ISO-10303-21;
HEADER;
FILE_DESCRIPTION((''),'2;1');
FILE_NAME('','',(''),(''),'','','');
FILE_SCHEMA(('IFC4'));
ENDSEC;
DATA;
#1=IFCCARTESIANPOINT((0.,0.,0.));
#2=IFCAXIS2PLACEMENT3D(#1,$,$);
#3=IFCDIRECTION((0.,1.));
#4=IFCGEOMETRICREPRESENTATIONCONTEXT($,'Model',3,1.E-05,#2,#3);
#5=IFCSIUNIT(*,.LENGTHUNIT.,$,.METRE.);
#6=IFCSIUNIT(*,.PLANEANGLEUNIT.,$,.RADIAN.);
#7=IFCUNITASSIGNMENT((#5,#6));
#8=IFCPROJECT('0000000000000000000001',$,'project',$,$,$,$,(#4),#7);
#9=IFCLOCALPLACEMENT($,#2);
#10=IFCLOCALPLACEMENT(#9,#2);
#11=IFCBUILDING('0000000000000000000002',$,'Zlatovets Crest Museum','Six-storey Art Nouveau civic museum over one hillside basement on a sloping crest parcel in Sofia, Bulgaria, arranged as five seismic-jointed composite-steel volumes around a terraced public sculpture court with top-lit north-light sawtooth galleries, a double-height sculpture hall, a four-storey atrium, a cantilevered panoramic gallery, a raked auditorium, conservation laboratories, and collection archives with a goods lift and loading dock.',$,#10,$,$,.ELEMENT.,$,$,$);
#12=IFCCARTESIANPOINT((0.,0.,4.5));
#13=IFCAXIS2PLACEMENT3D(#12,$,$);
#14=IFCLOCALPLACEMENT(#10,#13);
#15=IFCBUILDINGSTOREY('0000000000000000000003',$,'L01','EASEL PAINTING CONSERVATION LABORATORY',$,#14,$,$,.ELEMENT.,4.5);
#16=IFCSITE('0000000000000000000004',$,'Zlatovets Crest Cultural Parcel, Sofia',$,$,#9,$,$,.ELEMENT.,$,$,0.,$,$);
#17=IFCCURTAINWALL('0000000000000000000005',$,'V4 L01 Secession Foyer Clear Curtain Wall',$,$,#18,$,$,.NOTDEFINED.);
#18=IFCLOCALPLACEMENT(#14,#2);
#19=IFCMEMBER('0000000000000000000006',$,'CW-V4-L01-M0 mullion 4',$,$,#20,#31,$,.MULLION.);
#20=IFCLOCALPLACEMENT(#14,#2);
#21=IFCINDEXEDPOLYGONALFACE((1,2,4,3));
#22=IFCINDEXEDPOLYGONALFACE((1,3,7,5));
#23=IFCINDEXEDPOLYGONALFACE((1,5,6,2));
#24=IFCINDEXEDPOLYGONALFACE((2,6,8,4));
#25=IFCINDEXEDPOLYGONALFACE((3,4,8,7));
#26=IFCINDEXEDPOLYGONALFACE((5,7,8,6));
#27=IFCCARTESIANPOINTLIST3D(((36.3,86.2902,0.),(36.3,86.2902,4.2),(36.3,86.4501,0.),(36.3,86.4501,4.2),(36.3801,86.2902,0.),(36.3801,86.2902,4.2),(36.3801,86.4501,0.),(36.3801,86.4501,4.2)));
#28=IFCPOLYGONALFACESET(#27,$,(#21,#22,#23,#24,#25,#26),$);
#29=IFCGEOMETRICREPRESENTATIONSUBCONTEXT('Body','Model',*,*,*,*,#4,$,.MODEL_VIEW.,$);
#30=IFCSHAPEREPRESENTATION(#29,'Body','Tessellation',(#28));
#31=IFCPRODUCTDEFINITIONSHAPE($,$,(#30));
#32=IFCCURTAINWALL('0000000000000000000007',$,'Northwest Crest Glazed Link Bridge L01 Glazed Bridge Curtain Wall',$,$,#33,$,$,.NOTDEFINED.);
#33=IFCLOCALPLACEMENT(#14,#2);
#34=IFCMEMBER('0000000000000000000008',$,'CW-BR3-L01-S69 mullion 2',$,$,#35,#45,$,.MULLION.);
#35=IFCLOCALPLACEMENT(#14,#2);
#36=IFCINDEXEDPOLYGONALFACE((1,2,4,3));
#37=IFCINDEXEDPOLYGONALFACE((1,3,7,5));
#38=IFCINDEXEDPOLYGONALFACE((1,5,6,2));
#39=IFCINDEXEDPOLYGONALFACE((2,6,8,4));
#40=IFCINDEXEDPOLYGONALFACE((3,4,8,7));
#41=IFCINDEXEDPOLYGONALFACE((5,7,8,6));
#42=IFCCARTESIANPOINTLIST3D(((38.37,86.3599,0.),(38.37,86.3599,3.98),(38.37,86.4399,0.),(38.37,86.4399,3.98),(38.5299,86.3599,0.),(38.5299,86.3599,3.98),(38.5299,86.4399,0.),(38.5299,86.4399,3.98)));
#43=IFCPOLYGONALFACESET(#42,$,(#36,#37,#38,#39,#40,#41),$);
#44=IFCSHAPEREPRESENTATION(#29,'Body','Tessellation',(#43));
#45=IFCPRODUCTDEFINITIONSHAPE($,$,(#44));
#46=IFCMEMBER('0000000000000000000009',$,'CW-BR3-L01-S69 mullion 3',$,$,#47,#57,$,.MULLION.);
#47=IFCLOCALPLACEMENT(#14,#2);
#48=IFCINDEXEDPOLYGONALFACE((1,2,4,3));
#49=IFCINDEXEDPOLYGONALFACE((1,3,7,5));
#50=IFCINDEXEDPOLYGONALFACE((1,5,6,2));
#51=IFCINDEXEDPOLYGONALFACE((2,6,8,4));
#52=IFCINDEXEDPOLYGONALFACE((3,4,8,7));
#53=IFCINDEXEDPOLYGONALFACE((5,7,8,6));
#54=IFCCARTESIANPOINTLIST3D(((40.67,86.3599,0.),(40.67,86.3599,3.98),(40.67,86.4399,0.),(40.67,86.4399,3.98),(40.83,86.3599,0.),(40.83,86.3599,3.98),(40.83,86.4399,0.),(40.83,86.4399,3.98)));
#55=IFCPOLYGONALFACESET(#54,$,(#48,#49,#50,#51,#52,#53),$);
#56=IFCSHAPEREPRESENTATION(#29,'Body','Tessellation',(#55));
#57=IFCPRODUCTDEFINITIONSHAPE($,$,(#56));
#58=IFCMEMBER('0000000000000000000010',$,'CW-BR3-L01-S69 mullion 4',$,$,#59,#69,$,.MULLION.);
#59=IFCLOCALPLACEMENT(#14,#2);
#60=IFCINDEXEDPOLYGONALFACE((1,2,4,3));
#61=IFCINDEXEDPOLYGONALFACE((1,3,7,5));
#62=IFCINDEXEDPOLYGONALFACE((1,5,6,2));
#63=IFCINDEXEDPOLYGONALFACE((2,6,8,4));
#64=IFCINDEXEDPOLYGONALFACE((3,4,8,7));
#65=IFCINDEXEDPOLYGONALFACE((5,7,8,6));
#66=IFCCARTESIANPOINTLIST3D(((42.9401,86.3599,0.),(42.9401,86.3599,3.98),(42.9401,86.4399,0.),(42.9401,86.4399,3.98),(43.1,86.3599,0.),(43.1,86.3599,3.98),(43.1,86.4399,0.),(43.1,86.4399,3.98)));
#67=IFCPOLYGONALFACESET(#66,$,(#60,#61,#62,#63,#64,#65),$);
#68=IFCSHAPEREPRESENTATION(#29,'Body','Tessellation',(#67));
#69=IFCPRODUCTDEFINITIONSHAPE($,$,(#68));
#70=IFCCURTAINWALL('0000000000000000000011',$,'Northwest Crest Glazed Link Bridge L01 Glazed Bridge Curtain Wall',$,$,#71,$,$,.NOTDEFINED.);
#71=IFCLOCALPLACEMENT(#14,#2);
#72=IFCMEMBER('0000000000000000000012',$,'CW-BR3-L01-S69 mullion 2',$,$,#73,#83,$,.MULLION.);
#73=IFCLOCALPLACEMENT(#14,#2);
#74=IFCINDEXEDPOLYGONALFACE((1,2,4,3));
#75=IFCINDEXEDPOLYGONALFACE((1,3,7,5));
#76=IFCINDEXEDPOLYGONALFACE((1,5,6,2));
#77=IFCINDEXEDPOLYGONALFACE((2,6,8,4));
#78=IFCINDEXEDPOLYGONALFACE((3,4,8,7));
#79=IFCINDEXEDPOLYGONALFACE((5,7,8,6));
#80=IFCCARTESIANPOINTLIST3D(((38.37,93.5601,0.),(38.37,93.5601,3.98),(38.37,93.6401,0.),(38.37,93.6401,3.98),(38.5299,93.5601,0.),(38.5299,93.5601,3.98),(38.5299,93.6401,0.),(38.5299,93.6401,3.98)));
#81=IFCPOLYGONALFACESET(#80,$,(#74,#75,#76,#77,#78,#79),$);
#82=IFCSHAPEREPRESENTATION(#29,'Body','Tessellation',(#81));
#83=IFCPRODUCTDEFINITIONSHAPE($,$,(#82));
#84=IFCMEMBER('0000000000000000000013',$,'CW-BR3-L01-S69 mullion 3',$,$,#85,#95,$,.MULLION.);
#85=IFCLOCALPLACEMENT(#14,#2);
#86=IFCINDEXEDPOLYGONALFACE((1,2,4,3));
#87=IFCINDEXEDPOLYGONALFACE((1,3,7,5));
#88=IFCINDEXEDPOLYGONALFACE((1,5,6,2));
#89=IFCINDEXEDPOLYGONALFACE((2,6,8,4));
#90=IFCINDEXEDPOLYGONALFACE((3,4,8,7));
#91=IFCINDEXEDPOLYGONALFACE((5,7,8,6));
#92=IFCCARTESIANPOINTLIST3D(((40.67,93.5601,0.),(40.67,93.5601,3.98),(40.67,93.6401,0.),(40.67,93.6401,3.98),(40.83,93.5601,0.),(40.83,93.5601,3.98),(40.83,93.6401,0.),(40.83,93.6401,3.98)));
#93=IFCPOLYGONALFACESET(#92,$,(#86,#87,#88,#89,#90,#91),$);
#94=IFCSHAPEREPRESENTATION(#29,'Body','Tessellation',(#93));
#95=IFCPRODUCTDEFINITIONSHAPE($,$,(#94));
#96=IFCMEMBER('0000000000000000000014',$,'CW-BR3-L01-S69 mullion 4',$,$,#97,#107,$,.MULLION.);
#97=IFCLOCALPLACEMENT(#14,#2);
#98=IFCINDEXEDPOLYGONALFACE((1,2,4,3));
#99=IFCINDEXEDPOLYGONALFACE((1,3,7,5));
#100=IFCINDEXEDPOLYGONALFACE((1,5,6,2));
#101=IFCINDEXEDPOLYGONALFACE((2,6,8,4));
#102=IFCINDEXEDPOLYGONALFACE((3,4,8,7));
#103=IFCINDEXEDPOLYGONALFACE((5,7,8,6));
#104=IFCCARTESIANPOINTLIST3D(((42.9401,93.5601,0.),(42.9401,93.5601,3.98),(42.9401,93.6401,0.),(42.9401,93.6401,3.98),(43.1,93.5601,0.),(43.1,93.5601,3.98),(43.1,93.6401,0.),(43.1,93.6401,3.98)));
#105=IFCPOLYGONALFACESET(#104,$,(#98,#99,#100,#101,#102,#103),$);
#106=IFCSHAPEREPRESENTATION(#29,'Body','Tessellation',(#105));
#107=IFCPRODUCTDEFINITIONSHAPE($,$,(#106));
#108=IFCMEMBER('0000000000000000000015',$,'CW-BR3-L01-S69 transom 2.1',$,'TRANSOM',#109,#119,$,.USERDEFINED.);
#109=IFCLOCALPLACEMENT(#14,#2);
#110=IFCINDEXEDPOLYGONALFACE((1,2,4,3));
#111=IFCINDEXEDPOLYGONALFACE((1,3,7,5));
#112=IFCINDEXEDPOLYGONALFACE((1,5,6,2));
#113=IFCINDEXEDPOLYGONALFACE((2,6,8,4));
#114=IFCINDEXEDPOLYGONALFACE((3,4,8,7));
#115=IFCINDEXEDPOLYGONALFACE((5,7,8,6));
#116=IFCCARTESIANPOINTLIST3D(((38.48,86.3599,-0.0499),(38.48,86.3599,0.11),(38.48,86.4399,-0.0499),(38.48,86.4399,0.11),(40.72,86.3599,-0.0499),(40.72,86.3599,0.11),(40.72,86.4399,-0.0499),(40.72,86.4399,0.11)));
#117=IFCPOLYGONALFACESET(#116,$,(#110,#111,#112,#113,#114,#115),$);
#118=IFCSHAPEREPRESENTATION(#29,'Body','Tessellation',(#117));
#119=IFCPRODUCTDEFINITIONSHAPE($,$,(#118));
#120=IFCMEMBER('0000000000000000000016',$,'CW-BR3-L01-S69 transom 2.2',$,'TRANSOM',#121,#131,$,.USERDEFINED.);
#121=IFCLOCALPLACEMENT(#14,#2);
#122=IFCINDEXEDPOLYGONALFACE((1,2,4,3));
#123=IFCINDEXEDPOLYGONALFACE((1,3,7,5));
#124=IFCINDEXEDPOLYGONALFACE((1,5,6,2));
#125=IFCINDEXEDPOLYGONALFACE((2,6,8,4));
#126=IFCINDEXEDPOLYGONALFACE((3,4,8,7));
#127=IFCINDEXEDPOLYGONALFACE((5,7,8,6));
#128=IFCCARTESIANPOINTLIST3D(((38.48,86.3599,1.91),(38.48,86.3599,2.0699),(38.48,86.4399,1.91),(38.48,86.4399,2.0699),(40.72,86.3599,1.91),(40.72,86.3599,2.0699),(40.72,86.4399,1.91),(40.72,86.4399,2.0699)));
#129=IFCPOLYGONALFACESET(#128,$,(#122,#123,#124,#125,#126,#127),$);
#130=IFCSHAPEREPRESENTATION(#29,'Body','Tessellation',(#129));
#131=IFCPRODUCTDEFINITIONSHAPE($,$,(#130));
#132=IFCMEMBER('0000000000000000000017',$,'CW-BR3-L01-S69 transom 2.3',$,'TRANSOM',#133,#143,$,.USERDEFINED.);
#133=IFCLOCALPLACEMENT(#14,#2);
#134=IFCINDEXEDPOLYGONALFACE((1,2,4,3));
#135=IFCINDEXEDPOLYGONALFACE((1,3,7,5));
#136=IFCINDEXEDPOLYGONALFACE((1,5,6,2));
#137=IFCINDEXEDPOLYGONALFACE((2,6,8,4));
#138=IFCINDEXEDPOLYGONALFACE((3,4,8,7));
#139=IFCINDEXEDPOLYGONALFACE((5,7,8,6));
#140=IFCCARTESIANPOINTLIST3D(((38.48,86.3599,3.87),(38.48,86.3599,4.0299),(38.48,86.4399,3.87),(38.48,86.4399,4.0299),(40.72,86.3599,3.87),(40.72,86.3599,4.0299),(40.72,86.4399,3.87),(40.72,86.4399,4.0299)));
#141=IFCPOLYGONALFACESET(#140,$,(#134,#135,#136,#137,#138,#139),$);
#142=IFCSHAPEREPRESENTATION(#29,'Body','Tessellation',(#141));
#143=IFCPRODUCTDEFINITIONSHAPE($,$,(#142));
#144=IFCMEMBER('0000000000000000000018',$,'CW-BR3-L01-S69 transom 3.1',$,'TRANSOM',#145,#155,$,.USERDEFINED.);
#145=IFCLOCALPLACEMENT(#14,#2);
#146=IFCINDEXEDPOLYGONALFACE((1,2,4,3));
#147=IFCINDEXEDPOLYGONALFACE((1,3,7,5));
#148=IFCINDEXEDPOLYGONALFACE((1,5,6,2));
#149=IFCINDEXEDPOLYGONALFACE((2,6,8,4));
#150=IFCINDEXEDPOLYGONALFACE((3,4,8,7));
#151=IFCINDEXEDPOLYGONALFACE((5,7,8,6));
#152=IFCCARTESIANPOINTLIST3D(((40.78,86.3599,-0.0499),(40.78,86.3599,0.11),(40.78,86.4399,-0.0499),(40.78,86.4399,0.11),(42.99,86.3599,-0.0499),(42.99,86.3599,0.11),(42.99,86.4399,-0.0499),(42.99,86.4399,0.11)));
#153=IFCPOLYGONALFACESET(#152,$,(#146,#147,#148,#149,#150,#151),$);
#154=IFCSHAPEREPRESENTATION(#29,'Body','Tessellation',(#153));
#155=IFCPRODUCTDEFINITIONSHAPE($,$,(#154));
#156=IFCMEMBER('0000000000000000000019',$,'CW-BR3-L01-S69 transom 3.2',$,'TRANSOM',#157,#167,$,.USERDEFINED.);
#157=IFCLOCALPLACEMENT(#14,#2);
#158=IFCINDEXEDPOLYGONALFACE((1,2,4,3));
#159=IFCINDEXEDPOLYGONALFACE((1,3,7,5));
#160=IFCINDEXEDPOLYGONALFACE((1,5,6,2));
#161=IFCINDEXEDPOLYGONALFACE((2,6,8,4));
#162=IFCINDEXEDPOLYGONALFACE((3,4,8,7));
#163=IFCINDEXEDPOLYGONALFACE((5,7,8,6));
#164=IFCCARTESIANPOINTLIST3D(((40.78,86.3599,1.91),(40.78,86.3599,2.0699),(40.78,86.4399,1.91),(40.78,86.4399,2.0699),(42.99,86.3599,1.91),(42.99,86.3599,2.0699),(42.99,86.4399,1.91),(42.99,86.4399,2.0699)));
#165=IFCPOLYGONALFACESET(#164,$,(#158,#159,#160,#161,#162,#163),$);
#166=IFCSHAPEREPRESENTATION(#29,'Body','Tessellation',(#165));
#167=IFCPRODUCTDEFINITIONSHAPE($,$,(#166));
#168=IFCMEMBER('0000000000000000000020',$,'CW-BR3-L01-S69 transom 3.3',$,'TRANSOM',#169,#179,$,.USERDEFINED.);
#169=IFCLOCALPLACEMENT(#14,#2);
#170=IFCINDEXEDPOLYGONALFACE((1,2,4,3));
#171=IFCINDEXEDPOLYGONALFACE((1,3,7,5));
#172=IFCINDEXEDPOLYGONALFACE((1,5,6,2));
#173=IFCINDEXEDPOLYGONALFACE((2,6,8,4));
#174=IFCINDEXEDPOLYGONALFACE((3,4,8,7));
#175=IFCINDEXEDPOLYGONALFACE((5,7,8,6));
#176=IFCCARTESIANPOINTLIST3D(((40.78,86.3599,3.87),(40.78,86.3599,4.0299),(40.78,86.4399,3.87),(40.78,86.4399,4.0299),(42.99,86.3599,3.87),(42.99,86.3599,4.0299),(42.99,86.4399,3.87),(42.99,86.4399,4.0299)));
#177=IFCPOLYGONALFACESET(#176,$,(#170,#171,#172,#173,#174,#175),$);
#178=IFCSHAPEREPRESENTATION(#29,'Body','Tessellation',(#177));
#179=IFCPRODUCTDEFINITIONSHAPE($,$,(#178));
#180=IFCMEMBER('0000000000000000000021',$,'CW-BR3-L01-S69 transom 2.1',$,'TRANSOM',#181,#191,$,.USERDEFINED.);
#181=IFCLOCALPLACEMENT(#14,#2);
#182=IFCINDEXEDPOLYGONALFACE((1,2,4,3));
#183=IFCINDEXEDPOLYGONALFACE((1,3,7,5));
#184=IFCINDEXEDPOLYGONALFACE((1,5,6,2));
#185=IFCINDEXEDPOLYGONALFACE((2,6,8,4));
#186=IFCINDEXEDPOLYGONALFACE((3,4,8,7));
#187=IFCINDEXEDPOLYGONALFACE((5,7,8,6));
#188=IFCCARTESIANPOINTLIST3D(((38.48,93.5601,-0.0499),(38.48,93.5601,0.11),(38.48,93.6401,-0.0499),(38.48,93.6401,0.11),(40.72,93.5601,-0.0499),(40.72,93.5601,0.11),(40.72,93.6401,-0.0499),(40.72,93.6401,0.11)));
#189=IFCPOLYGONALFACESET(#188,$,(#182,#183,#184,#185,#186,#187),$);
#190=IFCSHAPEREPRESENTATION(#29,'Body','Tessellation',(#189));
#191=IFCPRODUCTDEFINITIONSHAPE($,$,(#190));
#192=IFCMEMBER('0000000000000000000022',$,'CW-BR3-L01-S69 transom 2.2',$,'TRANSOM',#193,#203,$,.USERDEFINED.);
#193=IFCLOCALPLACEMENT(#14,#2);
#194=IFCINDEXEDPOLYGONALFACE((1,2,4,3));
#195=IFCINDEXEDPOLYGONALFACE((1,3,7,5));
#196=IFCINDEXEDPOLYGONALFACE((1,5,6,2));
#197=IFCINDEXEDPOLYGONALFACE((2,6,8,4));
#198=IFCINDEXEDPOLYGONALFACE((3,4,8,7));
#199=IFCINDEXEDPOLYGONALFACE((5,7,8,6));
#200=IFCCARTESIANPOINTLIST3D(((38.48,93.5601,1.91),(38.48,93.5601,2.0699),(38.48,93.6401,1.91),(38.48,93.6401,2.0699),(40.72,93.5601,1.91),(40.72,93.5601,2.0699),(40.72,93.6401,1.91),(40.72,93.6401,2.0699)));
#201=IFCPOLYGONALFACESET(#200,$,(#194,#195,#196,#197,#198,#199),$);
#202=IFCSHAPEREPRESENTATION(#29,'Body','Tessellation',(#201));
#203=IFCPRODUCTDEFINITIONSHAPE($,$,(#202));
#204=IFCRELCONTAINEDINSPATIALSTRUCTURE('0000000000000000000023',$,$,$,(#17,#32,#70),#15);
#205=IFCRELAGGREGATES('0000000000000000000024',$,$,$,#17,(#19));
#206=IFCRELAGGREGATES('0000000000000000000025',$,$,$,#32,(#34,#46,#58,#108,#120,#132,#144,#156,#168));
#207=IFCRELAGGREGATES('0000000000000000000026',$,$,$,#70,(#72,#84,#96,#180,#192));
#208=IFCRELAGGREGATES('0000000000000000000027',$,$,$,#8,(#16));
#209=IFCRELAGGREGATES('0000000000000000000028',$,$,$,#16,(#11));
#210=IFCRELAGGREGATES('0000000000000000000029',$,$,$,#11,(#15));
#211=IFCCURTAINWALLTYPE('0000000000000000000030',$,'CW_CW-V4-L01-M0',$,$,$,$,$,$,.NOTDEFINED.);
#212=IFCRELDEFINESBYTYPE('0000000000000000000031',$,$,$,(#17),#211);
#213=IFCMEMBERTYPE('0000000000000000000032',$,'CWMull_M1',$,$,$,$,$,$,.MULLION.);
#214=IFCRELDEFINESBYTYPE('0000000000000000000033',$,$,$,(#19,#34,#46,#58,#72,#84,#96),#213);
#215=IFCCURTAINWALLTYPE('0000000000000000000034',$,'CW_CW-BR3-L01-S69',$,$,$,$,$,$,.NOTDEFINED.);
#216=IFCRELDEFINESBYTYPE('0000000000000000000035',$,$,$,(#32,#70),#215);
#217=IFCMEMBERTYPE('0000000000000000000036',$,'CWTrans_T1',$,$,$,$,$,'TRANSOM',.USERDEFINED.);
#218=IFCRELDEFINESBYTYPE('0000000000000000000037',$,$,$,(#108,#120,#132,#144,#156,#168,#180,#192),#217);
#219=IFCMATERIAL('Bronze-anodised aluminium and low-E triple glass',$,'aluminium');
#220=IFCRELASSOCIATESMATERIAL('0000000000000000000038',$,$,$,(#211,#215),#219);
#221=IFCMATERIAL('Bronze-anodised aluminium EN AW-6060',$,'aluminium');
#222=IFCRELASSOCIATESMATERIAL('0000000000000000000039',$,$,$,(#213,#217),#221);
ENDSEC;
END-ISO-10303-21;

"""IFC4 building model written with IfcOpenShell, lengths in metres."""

from ifc_helpers import new_model, si_unit, direction, frame, origin, origin_2d, place, context, subcontext, project, spatial, rectangle, extrude, material, material_profile, profile_set, type_object, element, aggregate, save


model = new_model("IFC4")

# Units and contexts
model_context = context("Model", 3, precision=1e-05, world=origin(), true_north=direction((0.0, 1.0)))
body_context = subcontext(model_context, "Body", "Model", "MODEL_VIEW")
ifc_project = project(units=[si_unit("LENGTHUNIT", "METRE"), si_unit("PLANEANGLEUNIT", "RADIAN")], contexts=[model_context])

# Site, building, storey
site_placement = place(None, origin())
site = spatial("IfcSite", under=ifc_project, at=site_placement, Name="Zlatovets Crest Cultural Parcel, Sofia", CompositionType="ELEMENT", RefElevation=0.0)
building_placement = place(site_placement, origin())
building = spatial("IfcBuilding", under=site, at=building_placement, Name="Zlatovets Crest Museum", Description="Six-storey Art Nouveau civic museum over one hillside basement on a sloping crest parcel in Sofia, Bulgaria, arranged as five seismic-jointed composite-steel volumes around a terraced public sculpture court with top-lit north-light sawtooth galleries, a double-height sculpture hall, a four-storey atrium, a cantilevered panoramic gallery, a raked auditorium, conservation laboratories, and collection archives with a goods lift and loading dock.", CompositionType="ELEMENT")
storey_placement = place(building_placement, frame((0.0, 0.0, 4.5)))
storey = spatial("IfcBuildingStorey", under=building, at=storey_placement, Name="L01", Description="EASEL PAINTING CONSERVATION LABORATORY", CompositionType="ELEMENT", Elevation=4.5)

# Curtain wall, member
ifc_material_1 = material(Name="Bronze-anodised aluminium and low-E triple glass", Category="aluminium")
curtain_wall_type_1 = type_object("IfcCurtainWallType", Name="CW_CW-V4-L01-M0", PredefinedType="NOTDEFINED", material=ifc_material_1)
curtain_wall_1_placement = place(storey_placement, origin())
curtain_wall_1 = element("IfcCurtainWall", 1, at=curtain_wall_1_placement, inside=storey, type_object=curtain_wall_type_1, Name="V4 L01 Secession Foyer Clear Curtain Wall", PredefinedType="NOTDEFINED")
ifc_material_2 = material(Name="Bronze-anodised aluminium EN AW-6060", Category="aluminium")
ifc_material_profile_1 = material_profile(ifc_material_2, rectangle(XDim=0.0801, YDim=0.1599, at=origin_2d()), Name="ALU 80x160")
ifc_profile_set_1 = profile_set([ifc_material_profile_1], Name="Bronze-anodised aluminium EN AW-6060")
member_type_1 = type_object("IfcMemberType", Name="CWMull_M1", PredefinedType="MULLION", material=ifc_profile_set_1)
member_1_placement = place(storey_placement, frame((36.3401, 86.3701, 0.0), z_axis=(0.0, 0.0, 1.0), x_axis=(-1.0, 0.0, 0.0)))
member_1 = element("IfcMember", 2, at=member_1_placement, type_object=member_type_1, Name="CW-V4-L01-M0 mullion 4", PredefinedType="MULLION", context=body_context, shape_type="SweptSolid", body=[
    extrude(rectangle(XDim=0.0801, YDim=0.1599, at=origin_2d()), origin(), (0.0, 0.0, 1.0), 4.2),
])
aggregate(curtain_wall_1, [member_1])

# Curtain walls, members
curtain_wall_type_2 = type_object("IfcCurtainWallType", Name="CW_CW-BR3-L01-S69", PredefinedType="NOTDEFINED", material=ifc_material_1)
curtain_wall_2_placement = place(storey_placement, origin())
curtain_wall_2 = element("IfcCurtainWall", 3, at=curtain_wall_2_placement, inside=storey, type_object=curtain_wall_type_2, Name="Northwest Crest Glazed Link Bridge L01 Glazed Bridge Curtain Wall", PredefinedType="NOTDEFINED")
member_2_placement = place(storey_placement, frame((38.45, 86.3999, 0.0), z_axis=(0.0, 0.0, 1.0), x_axis=(0.0, 1.0, 0.0)))
member_2 = element("IfcMember", 4, at=member_2_placement, type_object=member_type_1, Name="CW-BR3-L01-S69 mullion 2", PredefinedType="MULLION", context=body_context, shape_type="SweptSolid", body=[
    extrude(rectangle(XDim=0.0801, YDim=0.1599, at=origin_2d()), origin(), (0.0, 0.0, 1.0), 3.98),
])
member_3_placement = place(storey_placement, frame((40.75, 86.3999, 0.0), z_axis=(0.0, 0.0, 1.0), x_axis=(0.0, 1.0, 0.0)))
member_3 = element("IfcMember", 5, at=member_3_placement, type_object=member_type_1, Name="CW-BR3-L01-S69 mullion 3", PredefinedType="MULLION", context=body_context, shape_type="SweptSolid", body=[
    extrude(rectangle(XDim=0.0801, YDim=0.1599, at=origin_2d()), origin(), (0.0, 0.0, 1.0), 3.98),
])
member_4_placement = place(storey_placement, frame((43.02, 86.3999, 0.0), z_axis=(0.0, 0.0, 1.0), x_axis=(0.0, 1.0, 0.0)))
member_4 = element("IfcMember", 6, at=member_4_placement, type_object=member_type_1, Name="CW-BR3-L01-S69 mullion 4", PredefinedType="MULLION", context=body_context, shape_type="SweptSolid", body=[
    extrude(rectangle(XDim=0.0801, YDim=0.1599, at=origin_2d()), origin(), (0.0, 0.0, 1.0), 3.98),
])
curtain_wall_3_placement = place(storey_placement, origin())
curtain_wall_3 = element("IfcCurtainWall", 7, at=curtain_wall_3_placement, inside=storey, type_object=curtain_wall_type_2, Name="Northwest Crest Glazed Link Bridge L01 Glazed Bridge Curtain Wall", PredefinedType="NOTDEFINED")
member_5_placement = place(storey_placement, frame((38.45, 93.6001, 0.0), z_axis=(0.0, 0.0, 1.0), x_axis=(0.0, 1.0, 0.0)))
member_5 = element("IfcMember", 8, at=member_5_placement, type_object=member_type_1, Name="CW-BR3-L01-S69 mullion 2", PredefinedType="MULLION", context=body_context, shape_type="SweptSolid", body=[
    extrude(rectangle(XDim=0.0801, YDim=0.1599, at=origin_2d()), origin(), (0.0, 0.0, 1.0), 3.98),
])
member_6_placement = place(storey_placement, frame((40.75, 93.6001, 0.0), z_axis=(0.0, 0.0, 1.0), x_axis=(0.0, 1.0, 0.0)))
member_6 = element("IfcMember", 9, at=member_6_placement, type_object=member_type_1, Name="CW-BR3-L01-S69 mullion 3", PredefinedType="MULLION", context=body_context, shape_type="SweptSolid", body=[
    extrude(rectangle(XDim=0.0801, YDim=0.1599, at=origin_2d()), origin(), (0.0, 0.0, 1.0), 3.98),
])
member_7_placement = place(storey_placement, frame((43.02, 93.6001, 0.0), z_axis=(0.0, 0.0, 1.0), x_axis=(0.0, 1.0, 0.0)))
member_7 = element("IfcMember", 10, at=member_7_placement, type_object=member_type_1, Name="CW-BR3-L01-S69 mullion 4", PredefinedType="MULLION", context=body_context, shape_type="SweptSolid", body=[
    extrude(rectangle(XDim=0.0801, YDim=0.1599, at=origin_2d()), origin(), (0.0, 0.0, 1.0), 3.98),
])

# Members
ifc_material_profile_2 = material_profile(ifc_material_2, rectangle(XDim=0.0801, YDim=0.1599, at=origin_2d()), Name="ALU 80x160")
ifc_profile_set_2 = profile_set([ifc_material_profile_2], Name="Bronze-anodised aluminium EN AW-6060")
member_type_2 = type_object("IfcMemberType", Name="CWTrans_T1", ElementType="TRANSOM", PredefinedType="USERDEFINED", material=ifc_profile_set_2)
member_8_placement = place(storey_placement, frame((38.48, 86.3999, 0.03), z_axis=(1.0, 0.0, 0.0), x_axis=(0.0, 1.0, 0.0)))
member_8 = element("IfcMember", 11, at=member_8_placement, type_object=member_type_2, Name="CW-BR3-L01-S69 transom 2.1", ObjectType="TRANSOM", PredefinedType="USERDEFINED", context=body_context, shape_type="SweptSolid", body=[
    extrude(rectangle(XDim=0.0801, YDim=0.1599, at=origin_2d()), origin(), (0.0, 0.0, 1.0), 2.24),
])
member_9_placement = place(storey_placement, frame((38.48, 86.3999, 1.99), z_axis=(1.0, 0.0, 0.0), x_axis=(0.0, 1.0, 0.0)))
member_9 = element("IfcMember", 12, at=member_9_placement, type_object=member_type_2, Name="CW-BR3-L01-S69 transom 2.2", ObjectType="TRANSOM", PredefinedType="USERDEFINED", context=body_context, shape_type="SweptSolid", body=[
    extrude(rectangle(XDim=0.0801, YDim=0.1599, at=origin_2d()), origin(), (0.0, 0.0, 1.0), 2.24),
])
member_10_placement = place(storey_placement, frame((38.48, 86.3999, 3.95), z_axis=(1.0, 0.0, 0.0), x_axis=(0.0, 1.0, 0.0)))
member_10 = element("IfcMember", 13, at=member_10_placement, type_object=member_type_2, Name="CW-BR3-L01-S69 transom 2.3", ObjectType="TRANSOM", PredefinedType="USERDEFINED", context=body_context, shape_type="SweptSolid", body=[
    extrude(rectangle(XDim=0.0801, YDim=0.1599, at=origin_2d()), origin(), (0.0, 0.0, 1.0), 2.24),
])
member_11_placement = place(storey_placement, frame((40.78, 86.3999, 0.03), z_axis=(1.0, 0.0, 0.0), x_axis=(0.0, 1.0, 0.0)))
member_11 = element("IfcMember", 14, at=member_11_placement, type_object=member_type_2, Name="CW-BR3-L01-S69 transom 3.1", ObjectType="TRANSOM", PredefinedType="USERDEFINED", context=body_context, shape_type="SweptSolid", body=[
    extrude(rectangle(XDim=0.0801, YDim=0.1599, at=origin_2d()), origin(), (0.0, 0.0, 1.0), 2.21),
])
member_12_placement = place(storey_placement, frame((40.78, 86.3999, 1.99), z_axis=(1.0, 0.0, 0.0), x_axis=(0.0, 1.0, 0.0)))
member_12 = element("IfcMember", 15, at=member_12_placement, type_object=member_type_2, Name="CW-BR3-L01-S69 transom 3.2", ObjectType="TRANSOM", PredefinedType="USERDEFINED", context=body_context, shape_type="SweptSolid", body=[
    extrude(rectangle(XDim=0.0801, YDim=0.1599, at=origin_2d()), origin(), (0.0, 0.0, 1.0), 2.21),
])
member_13_placement = place(storey_placement, frame((40.78, 86.3999, 3.95), z_axis=(1.0, 0.0, 0.0), x_axis=(0.0, 1.0, 0.0)))
member_13 = element("IfcMember", 16, at=member_13_placement, type_object=member_type_2, Name="CW-BR3-L01-S69 transom 3.3", ObjectType="TRANSOM", PredefinedType="USERDEFINED", context=body_context, shape_type="SweptSolid", body=[
    extrude(rectangle(XDim=0.0801, YDim=0.1599, at=origin_2d()), origin(), (0.0, 0.0, 1.0), 2.21),
])
member_14_placement = place(storey_placement, frame((38.48, 93.6001, 0.03), z_axis=(1.0, 0.0, 0.0), x_axis=(0.0, 1.0, 0.0)))
member_14 = element("IfcMember", 17, at=member_14_placement, type_object=member_type_2, Name="CW-BR3-L01-S69 transom 2.1", ObjectType="TRANSOM", PredefinedType="USERDEFINED", context=body_context, shape_type="SweptSolid", body=[
    extrude(rectangle(XDim=0.0801, YDim=0.1599, at=origin_2d()), origin(), (0.0, 0.0, 1.0), 2.24),
])
member_15_placement = place(storey_placement, frame((38.48, 93.6001, 1.99), z_axis=(1.0, 0.0, 0.0), x_axis=(0.0, 1.0, 0.0)))
member_15 = element("IfcMember", 18, at=member_15_placement, type_object=member_type_2, Name="CW-BR3-L01-S69 transom 2.2", ObjectType="TRANSOM", PredefinedType="USERDEFINED", context=body_context, shape_type="SweptSolid", body=[
    extrude(rectangle(XDim=0.0801, YDim=0.1599, at=origin_2d()), origin(), (0.0, 0.0, 1.0), 2.24),
])

aggregate(curtain_wall_2, [member_2, member_3, member_4, member_8, member_9, member_10, member_11, member_12, member_13])
aggregate(curtain_wall_3, [member_5, member_6, member_7, member_14, member_15])

save(model, "model.ifc")
